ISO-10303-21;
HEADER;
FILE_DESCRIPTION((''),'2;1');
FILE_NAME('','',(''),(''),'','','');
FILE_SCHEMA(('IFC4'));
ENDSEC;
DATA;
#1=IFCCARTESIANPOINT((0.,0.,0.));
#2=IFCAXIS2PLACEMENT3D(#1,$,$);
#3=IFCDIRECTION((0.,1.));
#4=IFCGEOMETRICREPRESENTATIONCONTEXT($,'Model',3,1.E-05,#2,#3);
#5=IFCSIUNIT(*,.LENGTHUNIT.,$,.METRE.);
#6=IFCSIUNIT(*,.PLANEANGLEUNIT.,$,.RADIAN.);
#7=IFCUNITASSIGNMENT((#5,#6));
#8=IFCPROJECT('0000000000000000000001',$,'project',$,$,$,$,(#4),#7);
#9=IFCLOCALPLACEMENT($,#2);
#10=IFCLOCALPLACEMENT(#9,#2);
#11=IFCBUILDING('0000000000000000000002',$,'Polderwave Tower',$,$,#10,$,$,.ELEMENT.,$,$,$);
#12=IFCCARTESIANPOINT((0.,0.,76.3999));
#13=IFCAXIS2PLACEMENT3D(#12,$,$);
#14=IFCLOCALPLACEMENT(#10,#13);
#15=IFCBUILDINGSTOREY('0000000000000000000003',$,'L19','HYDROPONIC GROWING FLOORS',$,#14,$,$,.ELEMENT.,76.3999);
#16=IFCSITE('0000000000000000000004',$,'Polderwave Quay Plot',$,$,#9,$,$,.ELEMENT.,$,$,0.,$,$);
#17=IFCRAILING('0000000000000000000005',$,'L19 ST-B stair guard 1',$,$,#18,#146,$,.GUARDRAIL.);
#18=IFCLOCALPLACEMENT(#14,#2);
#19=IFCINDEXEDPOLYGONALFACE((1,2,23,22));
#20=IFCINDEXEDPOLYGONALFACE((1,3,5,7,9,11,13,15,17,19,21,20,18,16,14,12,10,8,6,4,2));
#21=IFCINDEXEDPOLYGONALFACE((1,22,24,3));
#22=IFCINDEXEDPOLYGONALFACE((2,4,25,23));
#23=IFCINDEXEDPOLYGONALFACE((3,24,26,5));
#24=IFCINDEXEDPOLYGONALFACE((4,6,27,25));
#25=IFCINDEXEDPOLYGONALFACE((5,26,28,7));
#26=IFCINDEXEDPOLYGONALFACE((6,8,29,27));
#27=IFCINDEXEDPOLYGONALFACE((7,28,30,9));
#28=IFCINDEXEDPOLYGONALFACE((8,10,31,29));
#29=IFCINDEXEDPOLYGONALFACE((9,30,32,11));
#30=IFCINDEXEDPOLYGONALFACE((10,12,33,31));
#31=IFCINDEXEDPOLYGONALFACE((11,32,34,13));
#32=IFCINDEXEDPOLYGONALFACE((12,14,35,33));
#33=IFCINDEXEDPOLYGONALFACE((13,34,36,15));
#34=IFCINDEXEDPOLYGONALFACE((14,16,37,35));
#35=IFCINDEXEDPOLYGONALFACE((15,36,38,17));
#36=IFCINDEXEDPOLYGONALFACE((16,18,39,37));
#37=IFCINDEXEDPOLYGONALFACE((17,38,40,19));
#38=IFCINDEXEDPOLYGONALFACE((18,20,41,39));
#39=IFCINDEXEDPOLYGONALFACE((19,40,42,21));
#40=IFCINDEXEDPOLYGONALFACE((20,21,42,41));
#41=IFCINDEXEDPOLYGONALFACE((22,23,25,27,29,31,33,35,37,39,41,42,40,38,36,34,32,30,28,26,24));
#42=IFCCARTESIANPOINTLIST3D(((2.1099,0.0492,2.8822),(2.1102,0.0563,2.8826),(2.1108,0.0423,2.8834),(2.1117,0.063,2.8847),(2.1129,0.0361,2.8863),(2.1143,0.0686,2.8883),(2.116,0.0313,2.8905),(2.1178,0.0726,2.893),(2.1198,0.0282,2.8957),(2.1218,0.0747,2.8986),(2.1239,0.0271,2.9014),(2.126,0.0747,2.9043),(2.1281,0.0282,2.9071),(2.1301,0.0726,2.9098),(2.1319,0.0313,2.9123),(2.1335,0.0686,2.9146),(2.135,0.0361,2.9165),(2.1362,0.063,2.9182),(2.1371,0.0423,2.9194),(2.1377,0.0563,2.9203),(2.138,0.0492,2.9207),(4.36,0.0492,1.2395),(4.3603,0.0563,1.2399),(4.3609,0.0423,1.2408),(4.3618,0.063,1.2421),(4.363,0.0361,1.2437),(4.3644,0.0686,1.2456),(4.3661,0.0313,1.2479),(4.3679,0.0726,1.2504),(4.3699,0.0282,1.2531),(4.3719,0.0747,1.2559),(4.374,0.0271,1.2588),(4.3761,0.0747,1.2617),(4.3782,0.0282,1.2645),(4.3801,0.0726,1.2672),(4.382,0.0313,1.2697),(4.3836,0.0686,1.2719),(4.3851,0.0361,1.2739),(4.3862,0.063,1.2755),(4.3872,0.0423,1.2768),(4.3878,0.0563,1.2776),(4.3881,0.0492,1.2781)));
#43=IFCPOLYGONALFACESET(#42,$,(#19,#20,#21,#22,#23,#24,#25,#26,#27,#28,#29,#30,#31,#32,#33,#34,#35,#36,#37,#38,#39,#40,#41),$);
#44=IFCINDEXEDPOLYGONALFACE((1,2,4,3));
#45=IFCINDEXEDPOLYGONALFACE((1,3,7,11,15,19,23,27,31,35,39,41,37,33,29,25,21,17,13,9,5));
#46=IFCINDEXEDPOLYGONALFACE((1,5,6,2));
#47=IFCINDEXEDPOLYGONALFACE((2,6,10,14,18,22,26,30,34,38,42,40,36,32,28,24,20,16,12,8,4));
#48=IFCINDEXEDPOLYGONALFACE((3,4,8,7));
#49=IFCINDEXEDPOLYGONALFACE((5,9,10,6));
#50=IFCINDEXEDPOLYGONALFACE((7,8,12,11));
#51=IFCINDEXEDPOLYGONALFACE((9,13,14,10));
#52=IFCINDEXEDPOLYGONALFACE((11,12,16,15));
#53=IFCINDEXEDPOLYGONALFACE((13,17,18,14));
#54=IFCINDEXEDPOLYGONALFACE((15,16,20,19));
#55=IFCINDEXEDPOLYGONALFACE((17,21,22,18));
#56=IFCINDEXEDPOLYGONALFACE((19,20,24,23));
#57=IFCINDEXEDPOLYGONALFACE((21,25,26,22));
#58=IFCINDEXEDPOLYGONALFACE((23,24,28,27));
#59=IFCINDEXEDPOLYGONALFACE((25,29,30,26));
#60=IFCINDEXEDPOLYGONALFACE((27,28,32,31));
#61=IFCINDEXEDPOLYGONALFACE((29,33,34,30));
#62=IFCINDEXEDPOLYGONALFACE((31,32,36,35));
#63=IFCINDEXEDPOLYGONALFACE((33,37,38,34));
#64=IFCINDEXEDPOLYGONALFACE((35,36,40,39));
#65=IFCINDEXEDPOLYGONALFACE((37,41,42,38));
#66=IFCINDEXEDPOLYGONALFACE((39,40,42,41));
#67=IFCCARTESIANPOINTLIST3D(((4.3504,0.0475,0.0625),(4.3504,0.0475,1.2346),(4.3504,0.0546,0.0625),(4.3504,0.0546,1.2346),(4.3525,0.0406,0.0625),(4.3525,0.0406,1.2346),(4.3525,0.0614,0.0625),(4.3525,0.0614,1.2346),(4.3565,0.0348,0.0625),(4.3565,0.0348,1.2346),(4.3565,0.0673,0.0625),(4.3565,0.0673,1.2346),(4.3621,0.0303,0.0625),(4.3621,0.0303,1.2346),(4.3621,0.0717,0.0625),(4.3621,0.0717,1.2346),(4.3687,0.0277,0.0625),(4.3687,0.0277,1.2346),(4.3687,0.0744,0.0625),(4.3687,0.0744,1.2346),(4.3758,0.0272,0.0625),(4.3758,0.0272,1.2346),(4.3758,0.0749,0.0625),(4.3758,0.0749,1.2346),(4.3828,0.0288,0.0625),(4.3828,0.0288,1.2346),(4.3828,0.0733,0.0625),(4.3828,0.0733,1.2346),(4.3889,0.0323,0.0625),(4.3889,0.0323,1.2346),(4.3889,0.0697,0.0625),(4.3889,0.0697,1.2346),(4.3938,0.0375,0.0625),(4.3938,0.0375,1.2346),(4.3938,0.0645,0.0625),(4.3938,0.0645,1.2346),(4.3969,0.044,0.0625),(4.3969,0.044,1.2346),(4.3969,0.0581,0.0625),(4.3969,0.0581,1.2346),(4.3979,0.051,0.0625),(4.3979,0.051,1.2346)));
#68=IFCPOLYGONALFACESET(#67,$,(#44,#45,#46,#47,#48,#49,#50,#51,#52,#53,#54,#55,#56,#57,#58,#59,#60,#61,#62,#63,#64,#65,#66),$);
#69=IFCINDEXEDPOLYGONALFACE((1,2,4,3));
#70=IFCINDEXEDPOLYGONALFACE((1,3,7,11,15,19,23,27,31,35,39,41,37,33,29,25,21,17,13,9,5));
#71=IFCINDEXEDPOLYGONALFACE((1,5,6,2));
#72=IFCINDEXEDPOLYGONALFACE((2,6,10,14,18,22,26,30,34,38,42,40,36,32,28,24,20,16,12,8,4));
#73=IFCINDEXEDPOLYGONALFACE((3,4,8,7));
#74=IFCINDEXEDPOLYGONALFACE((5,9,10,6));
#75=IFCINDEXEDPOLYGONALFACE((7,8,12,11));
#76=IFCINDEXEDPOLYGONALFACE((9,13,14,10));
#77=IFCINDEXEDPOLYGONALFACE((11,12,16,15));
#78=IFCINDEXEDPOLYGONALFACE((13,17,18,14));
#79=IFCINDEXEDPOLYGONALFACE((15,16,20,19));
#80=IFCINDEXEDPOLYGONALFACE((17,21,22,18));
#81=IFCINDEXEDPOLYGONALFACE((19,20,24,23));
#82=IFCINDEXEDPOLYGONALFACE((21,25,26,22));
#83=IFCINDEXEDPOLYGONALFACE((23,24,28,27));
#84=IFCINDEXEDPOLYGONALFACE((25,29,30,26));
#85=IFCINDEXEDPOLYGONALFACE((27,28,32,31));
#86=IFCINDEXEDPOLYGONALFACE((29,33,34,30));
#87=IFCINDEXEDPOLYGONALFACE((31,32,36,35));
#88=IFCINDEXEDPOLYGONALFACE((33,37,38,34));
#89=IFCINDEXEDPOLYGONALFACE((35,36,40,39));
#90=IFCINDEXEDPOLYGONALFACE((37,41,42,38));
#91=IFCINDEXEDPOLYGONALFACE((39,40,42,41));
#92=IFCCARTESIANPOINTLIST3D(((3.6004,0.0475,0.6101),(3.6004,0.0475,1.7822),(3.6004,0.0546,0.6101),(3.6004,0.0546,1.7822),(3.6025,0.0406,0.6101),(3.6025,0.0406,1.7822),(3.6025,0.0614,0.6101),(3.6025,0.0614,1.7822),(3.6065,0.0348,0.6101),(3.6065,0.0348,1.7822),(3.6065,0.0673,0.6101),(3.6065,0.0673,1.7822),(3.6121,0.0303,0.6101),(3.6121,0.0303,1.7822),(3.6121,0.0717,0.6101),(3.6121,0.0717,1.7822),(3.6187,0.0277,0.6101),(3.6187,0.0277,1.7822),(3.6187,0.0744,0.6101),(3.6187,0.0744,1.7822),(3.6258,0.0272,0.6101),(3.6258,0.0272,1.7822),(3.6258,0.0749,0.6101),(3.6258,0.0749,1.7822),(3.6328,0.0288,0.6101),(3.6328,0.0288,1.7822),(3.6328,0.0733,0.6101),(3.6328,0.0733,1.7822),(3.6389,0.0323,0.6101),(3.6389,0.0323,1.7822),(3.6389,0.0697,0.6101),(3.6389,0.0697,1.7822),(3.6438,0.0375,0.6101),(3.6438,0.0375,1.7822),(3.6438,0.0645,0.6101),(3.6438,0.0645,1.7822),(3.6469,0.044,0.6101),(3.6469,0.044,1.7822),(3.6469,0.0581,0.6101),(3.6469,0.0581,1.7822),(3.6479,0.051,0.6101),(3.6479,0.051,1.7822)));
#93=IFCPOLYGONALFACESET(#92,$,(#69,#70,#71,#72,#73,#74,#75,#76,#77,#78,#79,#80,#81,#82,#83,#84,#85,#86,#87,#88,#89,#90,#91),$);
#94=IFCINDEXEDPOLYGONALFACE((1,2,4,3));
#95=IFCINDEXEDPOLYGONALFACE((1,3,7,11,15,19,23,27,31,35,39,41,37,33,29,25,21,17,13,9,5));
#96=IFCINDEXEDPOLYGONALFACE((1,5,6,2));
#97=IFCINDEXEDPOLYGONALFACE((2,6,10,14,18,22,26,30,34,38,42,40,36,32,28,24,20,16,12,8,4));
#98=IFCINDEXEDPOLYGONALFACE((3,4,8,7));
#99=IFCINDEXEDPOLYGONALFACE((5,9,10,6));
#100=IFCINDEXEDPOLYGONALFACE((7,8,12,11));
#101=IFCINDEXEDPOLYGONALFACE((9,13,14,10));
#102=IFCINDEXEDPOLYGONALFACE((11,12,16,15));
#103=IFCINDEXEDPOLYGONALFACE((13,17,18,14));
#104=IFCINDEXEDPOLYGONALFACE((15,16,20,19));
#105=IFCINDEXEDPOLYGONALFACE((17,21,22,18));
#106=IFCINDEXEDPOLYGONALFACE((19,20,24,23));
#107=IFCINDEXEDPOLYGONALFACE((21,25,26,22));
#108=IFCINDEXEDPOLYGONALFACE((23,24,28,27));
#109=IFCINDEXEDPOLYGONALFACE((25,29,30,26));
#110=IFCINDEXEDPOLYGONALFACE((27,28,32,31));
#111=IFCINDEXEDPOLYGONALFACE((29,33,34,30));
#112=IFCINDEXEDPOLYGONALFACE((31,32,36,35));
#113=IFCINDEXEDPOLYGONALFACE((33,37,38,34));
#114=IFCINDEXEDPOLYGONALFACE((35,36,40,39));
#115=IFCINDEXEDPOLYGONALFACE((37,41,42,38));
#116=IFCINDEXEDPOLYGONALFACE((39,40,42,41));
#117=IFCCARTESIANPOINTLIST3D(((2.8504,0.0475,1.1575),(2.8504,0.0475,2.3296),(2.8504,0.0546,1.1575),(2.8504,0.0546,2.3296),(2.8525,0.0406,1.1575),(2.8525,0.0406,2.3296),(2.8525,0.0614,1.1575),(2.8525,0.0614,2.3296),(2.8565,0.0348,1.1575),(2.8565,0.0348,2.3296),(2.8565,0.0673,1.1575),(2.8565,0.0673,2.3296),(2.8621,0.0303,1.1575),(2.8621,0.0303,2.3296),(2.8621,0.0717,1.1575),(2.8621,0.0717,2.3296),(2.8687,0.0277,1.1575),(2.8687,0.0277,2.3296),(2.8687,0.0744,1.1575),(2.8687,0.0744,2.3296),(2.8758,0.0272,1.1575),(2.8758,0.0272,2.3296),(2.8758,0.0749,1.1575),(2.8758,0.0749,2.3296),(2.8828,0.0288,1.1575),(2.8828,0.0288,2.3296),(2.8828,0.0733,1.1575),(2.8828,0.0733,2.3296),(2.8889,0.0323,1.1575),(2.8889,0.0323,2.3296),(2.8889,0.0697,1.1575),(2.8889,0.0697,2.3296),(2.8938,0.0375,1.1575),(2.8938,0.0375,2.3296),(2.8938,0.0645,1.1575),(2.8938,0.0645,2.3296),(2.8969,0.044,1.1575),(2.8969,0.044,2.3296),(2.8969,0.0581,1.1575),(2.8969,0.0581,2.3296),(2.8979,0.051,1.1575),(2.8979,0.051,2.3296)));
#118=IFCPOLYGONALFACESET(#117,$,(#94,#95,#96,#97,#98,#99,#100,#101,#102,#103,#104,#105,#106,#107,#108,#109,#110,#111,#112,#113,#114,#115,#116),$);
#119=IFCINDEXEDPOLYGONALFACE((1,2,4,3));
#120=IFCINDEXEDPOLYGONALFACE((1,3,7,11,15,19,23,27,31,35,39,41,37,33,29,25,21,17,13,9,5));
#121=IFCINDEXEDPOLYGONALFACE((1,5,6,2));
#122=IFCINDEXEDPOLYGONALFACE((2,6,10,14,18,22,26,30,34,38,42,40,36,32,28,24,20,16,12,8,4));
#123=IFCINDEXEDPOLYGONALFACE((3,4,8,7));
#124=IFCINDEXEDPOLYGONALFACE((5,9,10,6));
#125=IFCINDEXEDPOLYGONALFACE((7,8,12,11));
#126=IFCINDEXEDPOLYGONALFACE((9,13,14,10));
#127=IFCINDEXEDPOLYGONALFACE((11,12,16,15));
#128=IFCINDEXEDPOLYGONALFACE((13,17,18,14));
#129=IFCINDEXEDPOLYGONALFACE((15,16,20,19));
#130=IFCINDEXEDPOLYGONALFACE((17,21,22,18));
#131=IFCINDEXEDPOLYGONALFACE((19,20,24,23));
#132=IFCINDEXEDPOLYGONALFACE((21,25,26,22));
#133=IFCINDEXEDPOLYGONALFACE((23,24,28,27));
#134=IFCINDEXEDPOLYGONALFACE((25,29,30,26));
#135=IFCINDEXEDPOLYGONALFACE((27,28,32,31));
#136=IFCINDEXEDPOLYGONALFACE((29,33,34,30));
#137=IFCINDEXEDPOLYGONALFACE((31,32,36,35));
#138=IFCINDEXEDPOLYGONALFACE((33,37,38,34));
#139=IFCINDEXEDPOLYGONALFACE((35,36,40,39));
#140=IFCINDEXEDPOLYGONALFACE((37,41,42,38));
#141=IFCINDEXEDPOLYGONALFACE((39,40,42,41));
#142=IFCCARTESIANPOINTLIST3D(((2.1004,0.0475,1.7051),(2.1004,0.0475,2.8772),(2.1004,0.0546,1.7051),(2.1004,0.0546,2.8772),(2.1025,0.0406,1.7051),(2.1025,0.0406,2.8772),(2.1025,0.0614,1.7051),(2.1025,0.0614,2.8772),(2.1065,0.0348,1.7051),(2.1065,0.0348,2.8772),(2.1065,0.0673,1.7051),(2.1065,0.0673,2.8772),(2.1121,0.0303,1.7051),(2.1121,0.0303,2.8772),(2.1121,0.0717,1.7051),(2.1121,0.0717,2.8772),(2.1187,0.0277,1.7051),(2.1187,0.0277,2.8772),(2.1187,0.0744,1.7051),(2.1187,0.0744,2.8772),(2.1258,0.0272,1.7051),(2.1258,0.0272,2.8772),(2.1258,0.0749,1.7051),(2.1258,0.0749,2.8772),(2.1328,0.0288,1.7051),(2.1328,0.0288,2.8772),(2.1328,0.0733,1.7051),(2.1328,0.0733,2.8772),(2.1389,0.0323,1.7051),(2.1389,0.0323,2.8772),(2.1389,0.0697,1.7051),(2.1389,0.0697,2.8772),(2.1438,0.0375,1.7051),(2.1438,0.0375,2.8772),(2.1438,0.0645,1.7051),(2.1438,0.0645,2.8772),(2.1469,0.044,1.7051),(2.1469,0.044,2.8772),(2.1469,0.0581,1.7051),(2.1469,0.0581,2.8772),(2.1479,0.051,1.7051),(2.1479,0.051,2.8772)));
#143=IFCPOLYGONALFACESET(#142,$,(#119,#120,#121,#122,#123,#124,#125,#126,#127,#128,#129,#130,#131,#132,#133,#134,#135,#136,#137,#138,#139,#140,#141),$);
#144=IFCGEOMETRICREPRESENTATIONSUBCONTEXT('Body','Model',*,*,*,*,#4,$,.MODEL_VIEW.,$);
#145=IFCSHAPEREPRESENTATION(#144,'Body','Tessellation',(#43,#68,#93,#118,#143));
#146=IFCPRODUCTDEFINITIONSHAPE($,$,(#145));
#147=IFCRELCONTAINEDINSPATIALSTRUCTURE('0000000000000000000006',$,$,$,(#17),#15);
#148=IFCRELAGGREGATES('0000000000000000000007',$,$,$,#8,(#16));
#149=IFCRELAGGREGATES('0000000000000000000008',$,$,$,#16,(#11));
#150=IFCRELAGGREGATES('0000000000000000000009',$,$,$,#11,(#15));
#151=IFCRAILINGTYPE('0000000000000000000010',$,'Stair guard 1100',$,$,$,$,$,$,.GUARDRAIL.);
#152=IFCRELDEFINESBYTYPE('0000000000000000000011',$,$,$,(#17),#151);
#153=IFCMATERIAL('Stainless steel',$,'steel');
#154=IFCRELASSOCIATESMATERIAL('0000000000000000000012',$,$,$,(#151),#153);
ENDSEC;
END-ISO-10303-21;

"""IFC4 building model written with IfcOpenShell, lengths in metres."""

from ifc_helpers import new_model, si_unit, direction, frame, origin, origin_2d, place, context, subcontext, project, spatial, circle, extrude, material, type_object, element, save


model = new_model("IFC4")

# Units and contexts
model_context = context("Model", 3, precision=1e-05, world=origin(), true_north=direction((0.0, 1.0)))
body_context = subcontext(model_context, "Body", "Model", "MODEL_VIEW")
ifc_project = project(units=[si_unit("LENGTHUNIT", "METRE"), si_unit("PLANEANGLEUNIT", "RADIAN")], contexts=[model_context])

# Site, building, storey
site_placement = place(None, origin())
site = spatial("IfcSite", under=ifc_project, at=site_placement, Name="Polderwave Quay Plot", CompositionType="ELEMENT", RefElevation=0.0)
building_placement = place(site_placement, origin())
building = spatial("IfcBuilding", under=site, at=building_placement, Name="Polderwave Tower", CompositionType="ELEMENT")
storey_placement = place(building_placement, frame((0.0, 0.0, 76.3999)))
storey = spatial("IfcBuildingStorey", under=building, at=storey_placement, Name="L19", Description="HYDROPONIC GROWING FLOORS", CompositionType="ELEMENT", Elevation=76.3999)

# Railing
ifc_material_1 = material(Name="Stainless steel", Category="steel")
railing_type_1 = type_object("IfcRailingType", Name="Stair guard 1100", PredefinedType="GUARDRAIL", material=ifc_material_1)
railing_1_placement = place(storey_placement, frame((4.374, 0.051, 0.0625)))
element("IfcRailing", 1, at=railing_1_placement, inside=storey, type_object=railing_type_1, Name="L19 ST-B stair guard 1", PredefinedType="GUARDRAIL", context=body_context, shape_type="SweptSolid", body=[
    extrude(circle(Radius=0.0239, at=origin_2d()), frame((0.0, 0.0, 1.1963), z_axis=(-0.807674, 0.0, 0.58963), x_axis=(0.0, -1.0, 0.0)), (0.0, 0.0, 1.0), 2.7859),
    extrude(circle(Radius=0.0239, at=origin_2d()), origin(), (0.0, 0.0, 1.0), 1.1721),
    extrude(circle(Radius=0.0239, at=origin_2d()), frame((-0.75, 0.0, 0.5476)), (0.0, 0.0, 1.0), 1.1721),
    extrude(circle(Radius=0.0239, at=origin_2d()), frame((-1.5, 0.0, 1.095)), (0.0, 0.0, 1.0), 1.1721),
    extrude(circle(Radius=0.0239, at=origin_2d()), frame((-2.25, 0.0, 1.6426)), (0.0, 0.0, 1.0), 1.1721),
])

save(model, "model.ifc")
